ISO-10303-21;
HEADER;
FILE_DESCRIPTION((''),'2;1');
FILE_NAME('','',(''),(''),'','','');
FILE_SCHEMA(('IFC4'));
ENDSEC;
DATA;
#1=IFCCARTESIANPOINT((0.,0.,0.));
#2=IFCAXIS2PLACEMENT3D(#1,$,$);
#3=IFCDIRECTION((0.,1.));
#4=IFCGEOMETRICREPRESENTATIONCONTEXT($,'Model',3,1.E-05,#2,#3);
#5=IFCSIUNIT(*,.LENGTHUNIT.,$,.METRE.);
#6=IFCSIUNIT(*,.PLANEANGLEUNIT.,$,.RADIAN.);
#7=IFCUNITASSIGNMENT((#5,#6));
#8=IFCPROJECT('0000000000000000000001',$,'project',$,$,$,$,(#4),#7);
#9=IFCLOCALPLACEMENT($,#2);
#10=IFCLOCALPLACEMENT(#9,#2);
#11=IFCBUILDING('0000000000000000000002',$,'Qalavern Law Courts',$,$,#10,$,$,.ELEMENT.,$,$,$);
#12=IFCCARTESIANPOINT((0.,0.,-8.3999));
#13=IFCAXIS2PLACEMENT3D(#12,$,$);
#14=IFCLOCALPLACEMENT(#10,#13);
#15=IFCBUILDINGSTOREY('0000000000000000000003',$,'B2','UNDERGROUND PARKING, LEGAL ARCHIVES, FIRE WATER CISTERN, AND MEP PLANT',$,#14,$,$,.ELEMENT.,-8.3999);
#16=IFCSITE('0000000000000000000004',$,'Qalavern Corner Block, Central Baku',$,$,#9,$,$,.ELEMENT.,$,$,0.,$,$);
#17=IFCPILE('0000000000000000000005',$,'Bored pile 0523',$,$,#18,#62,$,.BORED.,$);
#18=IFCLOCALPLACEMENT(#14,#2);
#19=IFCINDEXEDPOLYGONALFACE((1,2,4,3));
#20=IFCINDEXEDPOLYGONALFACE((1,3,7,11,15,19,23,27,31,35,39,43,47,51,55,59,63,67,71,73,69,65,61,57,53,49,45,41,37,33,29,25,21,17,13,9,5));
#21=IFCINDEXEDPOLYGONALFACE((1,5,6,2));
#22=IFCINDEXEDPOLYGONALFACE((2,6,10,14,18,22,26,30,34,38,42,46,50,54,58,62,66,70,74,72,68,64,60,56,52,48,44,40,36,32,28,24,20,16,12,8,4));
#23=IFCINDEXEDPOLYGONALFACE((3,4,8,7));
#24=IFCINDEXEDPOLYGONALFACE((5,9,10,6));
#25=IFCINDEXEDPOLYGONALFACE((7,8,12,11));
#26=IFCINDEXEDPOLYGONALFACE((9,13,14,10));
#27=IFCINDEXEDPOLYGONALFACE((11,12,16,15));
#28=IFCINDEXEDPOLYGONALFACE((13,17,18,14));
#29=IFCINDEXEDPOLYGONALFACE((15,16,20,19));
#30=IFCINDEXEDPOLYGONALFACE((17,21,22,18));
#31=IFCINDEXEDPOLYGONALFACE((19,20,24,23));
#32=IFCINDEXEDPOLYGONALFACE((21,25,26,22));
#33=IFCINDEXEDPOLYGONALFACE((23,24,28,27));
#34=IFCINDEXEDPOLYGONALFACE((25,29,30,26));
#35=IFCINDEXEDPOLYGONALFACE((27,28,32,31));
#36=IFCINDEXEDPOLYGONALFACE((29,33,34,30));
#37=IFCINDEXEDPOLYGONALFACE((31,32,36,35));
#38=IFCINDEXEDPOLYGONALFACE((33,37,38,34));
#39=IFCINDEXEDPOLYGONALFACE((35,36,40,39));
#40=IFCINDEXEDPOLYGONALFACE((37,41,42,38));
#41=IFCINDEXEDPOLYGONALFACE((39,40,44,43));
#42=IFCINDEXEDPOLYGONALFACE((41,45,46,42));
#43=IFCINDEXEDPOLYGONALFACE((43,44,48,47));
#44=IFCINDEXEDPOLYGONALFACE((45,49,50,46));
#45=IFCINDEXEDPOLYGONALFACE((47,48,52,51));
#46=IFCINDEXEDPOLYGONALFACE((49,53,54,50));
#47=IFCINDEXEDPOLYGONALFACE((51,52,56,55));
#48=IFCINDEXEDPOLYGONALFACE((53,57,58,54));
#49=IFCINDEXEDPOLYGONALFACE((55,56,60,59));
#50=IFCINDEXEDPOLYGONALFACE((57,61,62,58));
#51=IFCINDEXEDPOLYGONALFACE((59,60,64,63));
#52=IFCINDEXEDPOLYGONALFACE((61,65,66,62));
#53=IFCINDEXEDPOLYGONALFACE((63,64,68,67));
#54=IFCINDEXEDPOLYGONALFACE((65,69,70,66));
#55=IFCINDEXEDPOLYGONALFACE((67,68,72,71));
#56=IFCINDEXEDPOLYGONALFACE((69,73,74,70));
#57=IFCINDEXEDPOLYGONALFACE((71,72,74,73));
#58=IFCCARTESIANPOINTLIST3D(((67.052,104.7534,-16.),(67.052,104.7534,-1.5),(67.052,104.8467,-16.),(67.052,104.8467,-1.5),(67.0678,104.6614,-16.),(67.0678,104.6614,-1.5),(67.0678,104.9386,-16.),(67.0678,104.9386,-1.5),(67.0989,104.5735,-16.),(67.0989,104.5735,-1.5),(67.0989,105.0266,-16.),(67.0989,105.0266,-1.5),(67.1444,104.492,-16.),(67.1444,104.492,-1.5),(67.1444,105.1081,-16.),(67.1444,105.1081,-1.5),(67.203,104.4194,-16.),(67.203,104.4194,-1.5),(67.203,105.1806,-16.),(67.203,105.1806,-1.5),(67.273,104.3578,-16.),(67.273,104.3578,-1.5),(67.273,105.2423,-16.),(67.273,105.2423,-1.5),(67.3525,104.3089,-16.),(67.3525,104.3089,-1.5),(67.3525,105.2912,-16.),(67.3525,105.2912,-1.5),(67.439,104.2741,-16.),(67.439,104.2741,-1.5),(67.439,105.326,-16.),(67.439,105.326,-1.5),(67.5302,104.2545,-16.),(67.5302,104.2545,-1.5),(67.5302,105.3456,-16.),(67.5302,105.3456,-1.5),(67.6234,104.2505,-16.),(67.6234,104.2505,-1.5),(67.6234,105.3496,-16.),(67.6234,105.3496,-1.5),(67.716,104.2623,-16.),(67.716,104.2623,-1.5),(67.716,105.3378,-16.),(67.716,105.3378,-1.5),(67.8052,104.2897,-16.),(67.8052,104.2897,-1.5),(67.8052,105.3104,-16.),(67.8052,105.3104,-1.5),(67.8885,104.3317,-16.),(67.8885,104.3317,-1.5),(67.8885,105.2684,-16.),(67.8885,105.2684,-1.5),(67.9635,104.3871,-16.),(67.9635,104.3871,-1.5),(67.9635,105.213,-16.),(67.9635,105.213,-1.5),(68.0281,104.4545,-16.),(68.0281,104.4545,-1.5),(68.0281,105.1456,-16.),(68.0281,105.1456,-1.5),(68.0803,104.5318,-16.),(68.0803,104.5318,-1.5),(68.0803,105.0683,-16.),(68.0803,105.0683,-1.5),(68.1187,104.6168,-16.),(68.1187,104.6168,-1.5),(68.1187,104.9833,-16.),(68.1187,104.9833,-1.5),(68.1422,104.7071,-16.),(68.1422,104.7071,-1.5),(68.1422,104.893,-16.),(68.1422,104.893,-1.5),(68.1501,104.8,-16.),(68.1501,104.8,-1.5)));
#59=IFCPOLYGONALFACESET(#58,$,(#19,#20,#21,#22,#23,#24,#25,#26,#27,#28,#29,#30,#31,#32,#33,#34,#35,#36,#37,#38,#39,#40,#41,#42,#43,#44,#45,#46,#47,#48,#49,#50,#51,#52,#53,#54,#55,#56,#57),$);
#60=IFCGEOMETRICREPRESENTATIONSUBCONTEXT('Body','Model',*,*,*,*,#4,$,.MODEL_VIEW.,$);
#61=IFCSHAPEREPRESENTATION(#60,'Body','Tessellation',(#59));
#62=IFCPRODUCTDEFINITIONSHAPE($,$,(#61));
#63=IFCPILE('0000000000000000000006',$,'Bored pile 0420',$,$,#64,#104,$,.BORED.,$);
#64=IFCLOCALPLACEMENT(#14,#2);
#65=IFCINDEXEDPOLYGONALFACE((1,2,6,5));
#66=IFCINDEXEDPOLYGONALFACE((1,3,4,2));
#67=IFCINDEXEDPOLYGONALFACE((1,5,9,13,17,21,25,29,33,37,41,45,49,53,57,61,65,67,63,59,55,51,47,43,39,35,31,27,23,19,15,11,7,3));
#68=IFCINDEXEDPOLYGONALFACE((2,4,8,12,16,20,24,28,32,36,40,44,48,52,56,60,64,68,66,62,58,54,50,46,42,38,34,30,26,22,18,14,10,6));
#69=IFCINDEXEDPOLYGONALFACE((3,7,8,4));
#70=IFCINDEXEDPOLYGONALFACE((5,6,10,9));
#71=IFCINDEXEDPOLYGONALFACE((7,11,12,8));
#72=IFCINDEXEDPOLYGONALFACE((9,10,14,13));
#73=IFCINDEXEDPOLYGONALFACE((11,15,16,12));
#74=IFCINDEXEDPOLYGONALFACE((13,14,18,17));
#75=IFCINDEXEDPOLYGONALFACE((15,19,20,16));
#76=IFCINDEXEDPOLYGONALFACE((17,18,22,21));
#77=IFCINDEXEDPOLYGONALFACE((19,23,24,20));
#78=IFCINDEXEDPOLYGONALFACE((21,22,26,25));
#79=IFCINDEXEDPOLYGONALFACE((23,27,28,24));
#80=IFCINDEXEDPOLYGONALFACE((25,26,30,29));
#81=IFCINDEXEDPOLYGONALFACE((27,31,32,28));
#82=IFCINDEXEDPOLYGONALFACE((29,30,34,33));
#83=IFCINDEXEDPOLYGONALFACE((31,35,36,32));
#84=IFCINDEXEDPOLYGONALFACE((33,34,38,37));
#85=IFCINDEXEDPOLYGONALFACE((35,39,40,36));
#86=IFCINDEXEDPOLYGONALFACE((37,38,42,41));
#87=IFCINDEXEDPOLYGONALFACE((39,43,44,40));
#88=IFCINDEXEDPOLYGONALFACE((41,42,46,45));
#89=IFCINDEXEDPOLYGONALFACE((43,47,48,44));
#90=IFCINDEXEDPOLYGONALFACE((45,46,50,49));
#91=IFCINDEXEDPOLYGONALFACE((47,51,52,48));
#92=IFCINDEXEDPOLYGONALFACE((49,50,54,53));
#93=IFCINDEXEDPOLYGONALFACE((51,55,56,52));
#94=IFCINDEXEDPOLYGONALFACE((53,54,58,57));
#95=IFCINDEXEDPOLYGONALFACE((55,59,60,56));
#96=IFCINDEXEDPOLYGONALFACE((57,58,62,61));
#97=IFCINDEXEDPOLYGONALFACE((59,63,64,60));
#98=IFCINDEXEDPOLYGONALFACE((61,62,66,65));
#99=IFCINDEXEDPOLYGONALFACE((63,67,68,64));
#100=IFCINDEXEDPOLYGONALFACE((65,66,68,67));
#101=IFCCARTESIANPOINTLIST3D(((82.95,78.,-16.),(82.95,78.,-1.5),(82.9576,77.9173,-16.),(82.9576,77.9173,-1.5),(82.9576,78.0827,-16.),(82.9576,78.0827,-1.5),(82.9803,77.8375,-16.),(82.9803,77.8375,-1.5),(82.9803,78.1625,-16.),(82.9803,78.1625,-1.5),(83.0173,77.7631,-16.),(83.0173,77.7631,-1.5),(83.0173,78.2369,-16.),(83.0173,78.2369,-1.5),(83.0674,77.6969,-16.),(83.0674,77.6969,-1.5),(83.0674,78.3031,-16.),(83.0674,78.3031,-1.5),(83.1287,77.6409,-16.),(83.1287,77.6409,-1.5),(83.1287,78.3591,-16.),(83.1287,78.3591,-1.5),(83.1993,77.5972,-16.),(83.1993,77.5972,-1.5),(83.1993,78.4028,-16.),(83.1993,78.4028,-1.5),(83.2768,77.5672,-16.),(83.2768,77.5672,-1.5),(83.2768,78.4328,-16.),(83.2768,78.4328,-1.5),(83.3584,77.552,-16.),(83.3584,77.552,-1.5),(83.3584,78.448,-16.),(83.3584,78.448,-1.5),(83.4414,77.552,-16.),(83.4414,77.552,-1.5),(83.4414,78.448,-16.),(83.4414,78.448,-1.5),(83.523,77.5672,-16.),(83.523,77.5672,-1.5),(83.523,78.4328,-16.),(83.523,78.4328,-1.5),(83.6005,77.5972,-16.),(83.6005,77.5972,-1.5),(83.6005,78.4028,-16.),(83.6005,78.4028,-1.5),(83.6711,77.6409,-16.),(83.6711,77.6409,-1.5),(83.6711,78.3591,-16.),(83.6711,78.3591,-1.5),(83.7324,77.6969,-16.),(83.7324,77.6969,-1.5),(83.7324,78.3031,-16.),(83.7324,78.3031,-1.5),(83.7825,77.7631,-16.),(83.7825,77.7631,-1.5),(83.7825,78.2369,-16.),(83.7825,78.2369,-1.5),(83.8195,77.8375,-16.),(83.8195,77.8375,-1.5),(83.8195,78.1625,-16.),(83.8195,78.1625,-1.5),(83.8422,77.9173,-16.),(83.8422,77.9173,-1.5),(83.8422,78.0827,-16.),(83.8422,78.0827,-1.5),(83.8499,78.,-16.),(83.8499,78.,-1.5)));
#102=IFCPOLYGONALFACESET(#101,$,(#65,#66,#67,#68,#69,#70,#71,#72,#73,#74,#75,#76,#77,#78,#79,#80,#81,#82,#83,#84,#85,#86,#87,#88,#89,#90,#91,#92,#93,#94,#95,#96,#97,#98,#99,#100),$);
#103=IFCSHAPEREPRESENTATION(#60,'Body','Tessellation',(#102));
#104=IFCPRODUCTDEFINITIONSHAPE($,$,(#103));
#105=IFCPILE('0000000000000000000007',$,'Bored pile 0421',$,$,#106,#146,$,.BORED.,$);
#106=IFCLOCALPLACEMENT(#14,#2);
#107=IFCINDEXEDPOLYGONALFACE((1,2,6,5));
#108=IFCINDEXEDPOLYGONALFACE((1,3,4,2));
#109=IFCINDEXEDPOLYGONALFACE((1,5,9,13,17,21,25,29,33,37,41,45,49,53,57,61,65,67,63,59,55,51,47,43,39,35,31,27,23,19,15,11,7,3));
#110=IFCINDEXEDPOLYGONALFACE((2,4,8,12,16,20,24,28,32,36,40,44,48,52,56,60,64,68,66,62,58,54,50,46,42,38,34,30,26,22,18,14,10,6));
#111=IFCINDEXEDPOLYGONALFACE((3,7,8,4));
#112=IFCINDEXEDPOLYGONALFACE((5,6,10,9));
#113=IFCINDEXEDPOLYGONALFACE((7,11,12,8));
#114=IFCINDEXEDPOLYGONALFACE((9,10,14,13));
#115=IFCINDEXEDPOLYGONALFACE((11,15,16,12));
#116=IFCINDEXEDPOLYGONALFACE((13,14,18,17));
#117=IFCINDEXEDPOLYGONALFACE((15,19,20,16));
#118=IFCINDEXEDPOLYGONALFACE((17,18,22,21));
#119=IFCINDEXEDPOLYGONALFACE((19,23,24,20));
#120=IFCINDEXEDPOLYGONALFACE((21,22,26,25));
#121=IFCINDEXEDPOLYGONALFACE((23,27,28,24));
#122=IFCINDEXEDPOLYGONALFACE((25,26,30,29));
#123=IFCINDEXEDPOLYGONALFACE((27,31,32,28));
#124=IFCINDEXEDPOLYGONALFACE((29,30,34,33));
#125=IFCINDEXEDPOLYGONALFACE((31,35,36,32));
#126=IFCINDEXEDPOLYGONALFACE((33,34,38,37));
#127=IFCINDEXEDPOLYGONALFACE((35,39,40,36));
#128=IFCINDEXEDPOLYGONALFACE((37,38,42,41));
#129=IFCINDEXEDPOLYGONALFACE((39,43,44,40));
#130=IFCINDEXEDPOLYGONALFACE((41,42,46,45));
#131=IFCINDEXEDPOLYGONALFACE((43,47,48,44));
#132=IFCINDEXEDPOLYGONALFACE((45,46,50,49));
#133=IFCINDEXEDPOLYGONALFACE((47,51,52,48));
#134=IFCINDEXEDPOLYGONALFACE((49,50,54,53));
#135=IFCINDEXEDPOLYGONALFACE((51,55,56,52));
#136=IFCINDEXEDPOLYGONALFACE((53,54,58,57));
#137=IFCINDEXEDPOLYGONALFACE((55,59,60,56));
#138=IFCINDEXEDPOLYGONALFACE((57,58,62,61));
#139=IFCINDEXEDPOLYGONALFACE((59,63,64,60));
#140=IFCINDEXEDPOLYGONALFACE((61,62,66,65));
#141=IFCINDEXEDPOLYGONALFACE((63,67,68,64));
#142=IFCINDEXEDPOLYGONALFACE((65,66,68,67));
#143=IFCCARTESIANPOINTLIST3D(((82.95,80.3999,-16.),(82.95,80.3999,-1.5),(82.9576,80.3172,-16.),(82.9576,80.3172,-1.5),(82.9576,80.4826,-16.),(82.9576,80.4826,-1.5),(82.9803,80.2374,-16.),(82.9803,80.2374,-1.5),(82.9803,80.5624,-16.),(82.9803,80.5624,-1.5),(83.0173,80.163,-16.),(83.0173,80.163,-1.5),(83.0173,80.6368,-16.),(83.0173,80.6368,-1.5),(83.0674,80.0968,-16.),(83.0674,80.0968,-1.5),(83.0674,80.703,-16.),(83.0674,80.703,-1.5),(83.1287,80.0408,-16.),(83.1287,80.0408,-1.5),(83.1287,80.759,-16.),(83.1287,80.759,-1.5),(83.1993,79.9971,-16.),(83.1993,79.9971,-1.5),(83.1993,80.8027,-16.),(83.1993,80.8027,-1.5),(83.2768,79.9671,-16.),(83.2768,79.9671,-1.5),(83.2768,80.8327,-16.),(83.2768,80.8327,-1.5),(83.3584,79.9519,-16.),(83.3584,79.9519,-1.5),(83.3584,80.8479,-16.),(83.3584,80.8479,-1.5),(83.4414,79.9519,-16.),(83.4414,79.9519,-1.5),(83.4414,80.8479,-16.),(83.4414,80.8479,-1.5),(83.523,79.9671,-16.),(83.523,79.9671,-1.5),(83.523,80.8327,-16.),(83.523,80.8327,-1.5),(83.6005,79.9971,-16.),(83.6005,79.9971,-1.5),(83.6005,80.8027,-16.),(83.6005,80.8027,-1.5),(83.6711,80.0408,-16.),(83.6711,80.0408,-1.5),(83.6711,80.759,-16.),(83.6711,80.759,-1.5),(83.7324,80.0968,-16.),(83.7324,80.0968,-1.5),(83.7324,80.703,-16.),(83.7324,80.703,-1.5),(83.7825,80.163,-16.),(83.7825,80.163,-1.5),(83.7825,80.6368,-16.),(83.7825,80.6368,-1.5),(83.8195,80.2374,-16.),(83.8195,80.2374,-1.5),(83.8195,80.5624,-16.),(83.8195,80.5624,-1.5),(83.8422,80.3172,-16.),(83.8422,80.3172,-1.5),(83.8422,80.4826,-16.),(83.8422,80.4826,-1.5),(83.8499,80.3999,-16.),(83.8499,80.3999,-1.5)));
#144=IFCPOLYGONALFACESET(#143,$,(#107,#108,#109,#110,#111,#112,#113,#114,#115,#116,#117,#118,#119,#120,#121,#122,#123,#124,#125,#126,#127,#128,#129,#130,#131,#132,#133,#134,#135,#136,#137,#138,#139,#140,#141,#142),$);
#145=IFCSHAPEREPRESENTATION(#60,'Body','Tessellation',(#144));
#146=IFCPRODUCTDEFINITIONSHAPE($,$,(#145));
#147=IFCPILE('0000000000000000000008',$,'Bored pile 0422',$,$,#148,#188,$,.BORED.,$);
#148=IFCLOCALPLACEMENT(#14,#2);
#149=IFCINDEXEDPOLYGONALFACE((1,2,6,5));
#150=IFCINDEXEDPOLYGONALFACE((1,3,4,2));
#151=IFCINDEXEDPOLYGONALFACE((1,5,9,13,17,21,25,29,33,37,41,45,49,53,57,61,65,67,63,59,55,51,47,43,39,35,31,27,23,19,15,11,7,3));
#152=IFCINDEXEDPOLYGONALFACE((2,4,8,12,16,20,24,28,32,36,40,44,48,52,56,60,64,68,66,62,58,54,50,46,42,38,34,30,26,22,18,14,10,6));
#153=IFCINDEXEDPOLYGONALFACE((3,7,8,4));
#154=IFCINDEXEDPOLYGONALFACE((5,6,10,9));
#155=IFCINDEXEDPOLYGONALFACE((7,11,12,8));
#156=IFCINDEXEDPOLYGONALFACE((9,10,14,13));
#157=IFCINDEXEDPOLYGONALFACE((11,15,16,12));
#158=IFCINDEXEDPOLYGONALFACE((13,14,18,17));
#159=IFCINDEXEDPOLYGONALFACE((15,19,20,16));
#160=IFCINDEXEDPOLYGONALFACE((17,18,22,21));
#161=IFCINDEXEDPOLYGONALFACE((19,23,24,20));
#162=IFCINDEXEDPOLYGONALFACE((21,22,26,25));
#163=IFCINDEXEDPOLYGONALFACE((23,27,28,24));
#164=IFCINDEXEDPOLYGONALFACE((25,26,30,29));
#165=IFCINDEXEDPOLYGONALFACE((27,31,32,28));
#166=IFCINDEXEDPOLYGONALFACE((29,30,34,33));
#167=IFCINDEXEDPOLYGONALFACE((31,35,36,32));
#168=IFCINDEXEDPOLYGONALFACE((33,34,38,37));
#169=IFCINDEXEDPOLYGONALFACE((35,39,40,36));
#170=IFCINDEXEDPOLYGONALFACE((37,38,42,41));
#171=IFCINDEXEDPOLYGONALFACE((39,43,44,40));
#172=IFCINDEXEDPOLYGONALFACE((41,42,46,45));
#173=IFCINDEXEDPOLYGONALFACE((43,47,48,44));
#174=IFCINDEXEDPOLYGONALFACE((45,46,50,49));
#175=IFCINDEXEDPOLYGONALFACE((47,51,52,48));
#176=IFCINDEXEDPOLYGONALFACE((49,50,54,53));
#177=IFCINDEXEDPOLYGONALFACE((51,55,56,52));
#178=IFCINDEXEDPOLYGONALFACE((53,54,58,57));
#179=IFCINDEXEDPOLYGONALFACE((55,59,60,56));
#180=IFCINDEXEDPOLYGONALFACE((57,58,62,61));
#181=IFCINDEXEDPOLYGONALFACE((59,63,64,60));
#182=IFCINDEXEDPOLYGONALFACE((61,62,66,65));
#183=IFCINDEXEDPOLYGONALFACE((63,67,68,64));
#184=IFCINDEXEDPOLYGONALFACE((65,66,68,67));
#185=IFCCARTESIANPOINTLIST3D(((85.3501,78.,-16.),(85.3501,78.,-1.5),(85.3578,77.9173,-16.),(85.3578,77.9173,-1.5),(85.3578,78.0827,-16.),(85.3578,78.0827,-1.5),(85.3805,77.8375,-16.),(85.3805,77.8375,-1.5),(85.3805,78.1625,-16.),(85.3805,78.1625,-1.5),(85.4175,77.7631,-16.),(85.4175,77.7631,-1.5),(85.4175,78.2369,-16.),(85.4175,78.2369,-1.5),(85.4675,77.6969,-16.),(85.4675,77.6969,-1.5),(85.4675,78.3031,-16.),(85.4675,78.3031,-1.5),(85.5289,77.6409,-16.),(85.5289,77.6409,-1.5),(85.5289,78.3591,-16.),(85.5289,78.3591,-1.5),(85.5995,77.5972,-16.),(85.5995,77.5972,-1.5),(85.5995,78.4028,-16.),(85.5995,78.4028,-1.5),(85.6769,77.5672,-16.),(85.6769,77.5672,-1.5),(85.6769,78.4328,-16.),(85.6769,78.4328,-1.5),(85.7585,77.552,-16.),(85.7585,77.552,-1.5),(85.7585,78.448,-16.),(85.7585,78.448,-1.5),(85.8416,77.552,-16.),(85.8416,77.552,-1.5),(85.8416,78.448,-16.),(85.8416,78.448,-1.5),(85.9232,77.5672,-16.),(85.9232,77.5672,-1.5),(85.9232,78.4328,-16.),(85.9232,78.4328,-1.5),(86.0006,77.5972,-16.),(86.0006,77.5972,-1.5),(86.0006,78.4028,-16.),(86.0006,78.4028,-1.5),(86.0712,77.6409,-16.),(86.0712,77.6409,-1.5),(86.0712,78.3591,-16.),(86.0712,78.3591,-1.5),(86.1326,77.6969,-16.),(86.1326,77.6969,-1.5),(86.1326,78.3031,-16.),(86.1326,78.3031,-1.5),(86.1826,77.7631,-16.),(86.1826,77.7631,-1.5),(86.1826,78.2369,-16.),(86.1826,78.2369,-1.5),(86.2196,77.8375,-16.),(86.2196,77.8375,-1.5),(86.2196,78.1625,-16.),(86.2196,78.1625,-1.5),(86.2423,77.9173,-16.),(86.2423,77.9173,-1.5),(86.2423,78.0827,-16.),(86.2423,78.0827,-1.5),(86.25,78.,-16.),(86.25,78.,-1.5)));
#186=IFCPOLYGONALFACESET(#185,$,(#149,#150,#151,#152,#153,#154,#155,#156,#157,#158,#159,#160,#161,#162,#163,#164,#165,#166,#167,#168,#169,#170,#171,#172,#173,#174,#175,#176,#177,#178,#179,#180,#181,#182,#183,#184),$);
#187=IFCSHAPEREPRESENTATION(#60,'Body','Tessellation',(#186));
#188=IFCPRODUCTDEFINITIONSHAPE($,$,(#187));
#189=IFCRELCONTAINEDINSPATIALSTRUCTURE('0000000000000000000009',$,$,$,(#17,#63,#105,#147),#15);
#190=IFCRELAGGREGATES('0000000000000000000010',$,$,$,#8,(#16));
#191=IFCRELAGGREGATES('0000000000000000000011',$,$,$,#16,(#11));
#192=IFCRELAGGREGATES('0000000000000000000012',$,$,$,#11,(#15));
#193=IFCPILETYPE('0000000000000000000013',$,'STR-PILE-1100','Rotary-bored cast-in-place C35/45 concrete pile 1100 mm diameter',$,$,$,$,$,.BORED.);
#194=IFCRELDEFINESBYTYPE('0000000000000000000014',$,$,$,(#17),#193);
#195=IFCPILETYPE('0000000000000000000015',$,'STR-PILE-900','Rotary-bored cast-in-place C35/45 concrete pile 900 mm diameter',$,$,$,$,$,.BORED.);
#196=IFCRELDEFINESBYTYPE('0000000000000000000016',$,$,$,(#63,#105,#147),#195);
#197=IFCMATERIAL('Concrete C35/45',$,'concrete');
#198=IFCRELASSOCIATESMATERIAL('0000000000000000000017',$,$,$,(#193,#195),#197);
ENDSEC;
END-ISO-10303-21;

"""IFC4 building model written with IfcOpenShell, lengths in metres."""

from ifc_helpers import new_model, si_unit, direction, frame, origin, origin_2d, place, context, subcontext, project, spatial, circle, extrude, material, material_profile, profile_set, type_object, element, save


model = new_model("IFC4")

# Units and contexts
model_context = context("Model", 3, precision=1e-05, world=origin(), true_north=direction((0.0, 1.0)))
body_context = subcontext(model_context, "Body", "Model", "MODEL_VIEW")
ifc_project = project(units=[si_unit("LENGTHUNIT", "METRE"), si_unit("PLANEANGLEUNIT", "RADIAN")], contexts=[model_context])

# Site, building, storey
site_placement = place(None, origin())
site = spatial("IfcSite", under=ifc_project, at=site_placement, Name="Qalavern Corner Block, Central Baku", CompositionType="ELEMENT", RefElevation=0.0)
building_placement = place(site_placement, origin())
building = spatial("IfcBuilding", under=site, at=building_placement, Name="Qalavern Law Courts", CompositionType="ELEMENT")
storey_placement = place(building_placement, frame((0.0, 0.0, -8.3999)))
storey = spatial("IfcBuildingStorey", under=building, at=storey_placement, Name="B2", Description="UNDERGROUND PARKING, LEGAL ARCHIVES, FIRE WATER CISTERN, AND MEP PLANT", CompositionType="ELEMENT", Elevation=-8.3999)

# Shared definitions
ifc_material_1 = material(Name="Concrete C35/45", Category="concrete")

# Piles
ifc_material_profile_1 = material_profile(ifc_material_1, circle(Radius=0.55, at=origin_2d()), Name="BORED PILE 1100")
ifc_profile_set_1 = profile_set([ifc_material_profile_1], Name="Concrete C35/45")
pile_type_1 = type_object("IfcPileType", Name="STR-PILE-1100", Description="Rotary-bored cast-in-place C35/45 concrete pile 1100 mm diameter", PredefinedType="BORED", material=ifc_profile_set_1)
for number, where, z_axis, x_axis, name in (
    (1, (67.6001, 104.8, -1.5), (0.0, 0.0, -1.0), (1.0, 0.0, 0.0), "Bored pile 0523"),
):
    element("IfcPile", number, at=place(storey_placement, frame(where, z_axis=z_axis, x_axis=x_axis)), inside=storey, type_object=pile_type_1, Name=name, PredefinedType="BORED", context=body_context, shape_type="SweptSolid", body=[
        extrude(circle(Radius=0.55, at=origin_2d()), origin(), (0.0, 0.0, 1.0), 14.5),
    ])
ifc_material_profile_2 = material_profile(ifc_material_1, circle(Radius=0.45, at=origin_2d()), Name="BORED PILE 900")
ifc_profile_set_2 = profile_set([ifc_material_profile_2], Name="Concrete C35/45")
pile_type_2 = type_object("IfcPileType", Name="STR-PILE-900", Description="Rotary-bored cast-in-place C35/45 concrete pile 900 mm diameter", PredefinedType="BORED", material=ifc_profile_set_2)
for number, where, z_axis, x_axis, name in (
    (2, (83.3999, 78.0, -1.5), (0.0, 0.0, -1.0), (1.0, 0.0, 0.0), "Bored pile 0420"),
    (3, (83.3999, 80.3999, -1.5), (0.0, 0.0, -1.0), (1.0, 0.0, 0.0), "Bored pile 0421"),
    (4, (85.8, 78.0, -1.5), (0.0, 0.0, -1.0), (1.0, 0.0, 0.0), "Bored pile 0422"),
):
    element("IfcPile", number, at=place(storey_placement, frame(where, z_axis=z_axis, x_axis=x_axis)), inside=storey, type_object=pile_type_2, Name=name, PredefinedType="BORED", context=body_context, shape_type="SweptSolid", body=[
        extrude(circle(Radius=0.45, at=origin_2d()), origin(), (0.0, 0.0, 1.0), 14.5),
    ])

save(model, "model.ifc")
